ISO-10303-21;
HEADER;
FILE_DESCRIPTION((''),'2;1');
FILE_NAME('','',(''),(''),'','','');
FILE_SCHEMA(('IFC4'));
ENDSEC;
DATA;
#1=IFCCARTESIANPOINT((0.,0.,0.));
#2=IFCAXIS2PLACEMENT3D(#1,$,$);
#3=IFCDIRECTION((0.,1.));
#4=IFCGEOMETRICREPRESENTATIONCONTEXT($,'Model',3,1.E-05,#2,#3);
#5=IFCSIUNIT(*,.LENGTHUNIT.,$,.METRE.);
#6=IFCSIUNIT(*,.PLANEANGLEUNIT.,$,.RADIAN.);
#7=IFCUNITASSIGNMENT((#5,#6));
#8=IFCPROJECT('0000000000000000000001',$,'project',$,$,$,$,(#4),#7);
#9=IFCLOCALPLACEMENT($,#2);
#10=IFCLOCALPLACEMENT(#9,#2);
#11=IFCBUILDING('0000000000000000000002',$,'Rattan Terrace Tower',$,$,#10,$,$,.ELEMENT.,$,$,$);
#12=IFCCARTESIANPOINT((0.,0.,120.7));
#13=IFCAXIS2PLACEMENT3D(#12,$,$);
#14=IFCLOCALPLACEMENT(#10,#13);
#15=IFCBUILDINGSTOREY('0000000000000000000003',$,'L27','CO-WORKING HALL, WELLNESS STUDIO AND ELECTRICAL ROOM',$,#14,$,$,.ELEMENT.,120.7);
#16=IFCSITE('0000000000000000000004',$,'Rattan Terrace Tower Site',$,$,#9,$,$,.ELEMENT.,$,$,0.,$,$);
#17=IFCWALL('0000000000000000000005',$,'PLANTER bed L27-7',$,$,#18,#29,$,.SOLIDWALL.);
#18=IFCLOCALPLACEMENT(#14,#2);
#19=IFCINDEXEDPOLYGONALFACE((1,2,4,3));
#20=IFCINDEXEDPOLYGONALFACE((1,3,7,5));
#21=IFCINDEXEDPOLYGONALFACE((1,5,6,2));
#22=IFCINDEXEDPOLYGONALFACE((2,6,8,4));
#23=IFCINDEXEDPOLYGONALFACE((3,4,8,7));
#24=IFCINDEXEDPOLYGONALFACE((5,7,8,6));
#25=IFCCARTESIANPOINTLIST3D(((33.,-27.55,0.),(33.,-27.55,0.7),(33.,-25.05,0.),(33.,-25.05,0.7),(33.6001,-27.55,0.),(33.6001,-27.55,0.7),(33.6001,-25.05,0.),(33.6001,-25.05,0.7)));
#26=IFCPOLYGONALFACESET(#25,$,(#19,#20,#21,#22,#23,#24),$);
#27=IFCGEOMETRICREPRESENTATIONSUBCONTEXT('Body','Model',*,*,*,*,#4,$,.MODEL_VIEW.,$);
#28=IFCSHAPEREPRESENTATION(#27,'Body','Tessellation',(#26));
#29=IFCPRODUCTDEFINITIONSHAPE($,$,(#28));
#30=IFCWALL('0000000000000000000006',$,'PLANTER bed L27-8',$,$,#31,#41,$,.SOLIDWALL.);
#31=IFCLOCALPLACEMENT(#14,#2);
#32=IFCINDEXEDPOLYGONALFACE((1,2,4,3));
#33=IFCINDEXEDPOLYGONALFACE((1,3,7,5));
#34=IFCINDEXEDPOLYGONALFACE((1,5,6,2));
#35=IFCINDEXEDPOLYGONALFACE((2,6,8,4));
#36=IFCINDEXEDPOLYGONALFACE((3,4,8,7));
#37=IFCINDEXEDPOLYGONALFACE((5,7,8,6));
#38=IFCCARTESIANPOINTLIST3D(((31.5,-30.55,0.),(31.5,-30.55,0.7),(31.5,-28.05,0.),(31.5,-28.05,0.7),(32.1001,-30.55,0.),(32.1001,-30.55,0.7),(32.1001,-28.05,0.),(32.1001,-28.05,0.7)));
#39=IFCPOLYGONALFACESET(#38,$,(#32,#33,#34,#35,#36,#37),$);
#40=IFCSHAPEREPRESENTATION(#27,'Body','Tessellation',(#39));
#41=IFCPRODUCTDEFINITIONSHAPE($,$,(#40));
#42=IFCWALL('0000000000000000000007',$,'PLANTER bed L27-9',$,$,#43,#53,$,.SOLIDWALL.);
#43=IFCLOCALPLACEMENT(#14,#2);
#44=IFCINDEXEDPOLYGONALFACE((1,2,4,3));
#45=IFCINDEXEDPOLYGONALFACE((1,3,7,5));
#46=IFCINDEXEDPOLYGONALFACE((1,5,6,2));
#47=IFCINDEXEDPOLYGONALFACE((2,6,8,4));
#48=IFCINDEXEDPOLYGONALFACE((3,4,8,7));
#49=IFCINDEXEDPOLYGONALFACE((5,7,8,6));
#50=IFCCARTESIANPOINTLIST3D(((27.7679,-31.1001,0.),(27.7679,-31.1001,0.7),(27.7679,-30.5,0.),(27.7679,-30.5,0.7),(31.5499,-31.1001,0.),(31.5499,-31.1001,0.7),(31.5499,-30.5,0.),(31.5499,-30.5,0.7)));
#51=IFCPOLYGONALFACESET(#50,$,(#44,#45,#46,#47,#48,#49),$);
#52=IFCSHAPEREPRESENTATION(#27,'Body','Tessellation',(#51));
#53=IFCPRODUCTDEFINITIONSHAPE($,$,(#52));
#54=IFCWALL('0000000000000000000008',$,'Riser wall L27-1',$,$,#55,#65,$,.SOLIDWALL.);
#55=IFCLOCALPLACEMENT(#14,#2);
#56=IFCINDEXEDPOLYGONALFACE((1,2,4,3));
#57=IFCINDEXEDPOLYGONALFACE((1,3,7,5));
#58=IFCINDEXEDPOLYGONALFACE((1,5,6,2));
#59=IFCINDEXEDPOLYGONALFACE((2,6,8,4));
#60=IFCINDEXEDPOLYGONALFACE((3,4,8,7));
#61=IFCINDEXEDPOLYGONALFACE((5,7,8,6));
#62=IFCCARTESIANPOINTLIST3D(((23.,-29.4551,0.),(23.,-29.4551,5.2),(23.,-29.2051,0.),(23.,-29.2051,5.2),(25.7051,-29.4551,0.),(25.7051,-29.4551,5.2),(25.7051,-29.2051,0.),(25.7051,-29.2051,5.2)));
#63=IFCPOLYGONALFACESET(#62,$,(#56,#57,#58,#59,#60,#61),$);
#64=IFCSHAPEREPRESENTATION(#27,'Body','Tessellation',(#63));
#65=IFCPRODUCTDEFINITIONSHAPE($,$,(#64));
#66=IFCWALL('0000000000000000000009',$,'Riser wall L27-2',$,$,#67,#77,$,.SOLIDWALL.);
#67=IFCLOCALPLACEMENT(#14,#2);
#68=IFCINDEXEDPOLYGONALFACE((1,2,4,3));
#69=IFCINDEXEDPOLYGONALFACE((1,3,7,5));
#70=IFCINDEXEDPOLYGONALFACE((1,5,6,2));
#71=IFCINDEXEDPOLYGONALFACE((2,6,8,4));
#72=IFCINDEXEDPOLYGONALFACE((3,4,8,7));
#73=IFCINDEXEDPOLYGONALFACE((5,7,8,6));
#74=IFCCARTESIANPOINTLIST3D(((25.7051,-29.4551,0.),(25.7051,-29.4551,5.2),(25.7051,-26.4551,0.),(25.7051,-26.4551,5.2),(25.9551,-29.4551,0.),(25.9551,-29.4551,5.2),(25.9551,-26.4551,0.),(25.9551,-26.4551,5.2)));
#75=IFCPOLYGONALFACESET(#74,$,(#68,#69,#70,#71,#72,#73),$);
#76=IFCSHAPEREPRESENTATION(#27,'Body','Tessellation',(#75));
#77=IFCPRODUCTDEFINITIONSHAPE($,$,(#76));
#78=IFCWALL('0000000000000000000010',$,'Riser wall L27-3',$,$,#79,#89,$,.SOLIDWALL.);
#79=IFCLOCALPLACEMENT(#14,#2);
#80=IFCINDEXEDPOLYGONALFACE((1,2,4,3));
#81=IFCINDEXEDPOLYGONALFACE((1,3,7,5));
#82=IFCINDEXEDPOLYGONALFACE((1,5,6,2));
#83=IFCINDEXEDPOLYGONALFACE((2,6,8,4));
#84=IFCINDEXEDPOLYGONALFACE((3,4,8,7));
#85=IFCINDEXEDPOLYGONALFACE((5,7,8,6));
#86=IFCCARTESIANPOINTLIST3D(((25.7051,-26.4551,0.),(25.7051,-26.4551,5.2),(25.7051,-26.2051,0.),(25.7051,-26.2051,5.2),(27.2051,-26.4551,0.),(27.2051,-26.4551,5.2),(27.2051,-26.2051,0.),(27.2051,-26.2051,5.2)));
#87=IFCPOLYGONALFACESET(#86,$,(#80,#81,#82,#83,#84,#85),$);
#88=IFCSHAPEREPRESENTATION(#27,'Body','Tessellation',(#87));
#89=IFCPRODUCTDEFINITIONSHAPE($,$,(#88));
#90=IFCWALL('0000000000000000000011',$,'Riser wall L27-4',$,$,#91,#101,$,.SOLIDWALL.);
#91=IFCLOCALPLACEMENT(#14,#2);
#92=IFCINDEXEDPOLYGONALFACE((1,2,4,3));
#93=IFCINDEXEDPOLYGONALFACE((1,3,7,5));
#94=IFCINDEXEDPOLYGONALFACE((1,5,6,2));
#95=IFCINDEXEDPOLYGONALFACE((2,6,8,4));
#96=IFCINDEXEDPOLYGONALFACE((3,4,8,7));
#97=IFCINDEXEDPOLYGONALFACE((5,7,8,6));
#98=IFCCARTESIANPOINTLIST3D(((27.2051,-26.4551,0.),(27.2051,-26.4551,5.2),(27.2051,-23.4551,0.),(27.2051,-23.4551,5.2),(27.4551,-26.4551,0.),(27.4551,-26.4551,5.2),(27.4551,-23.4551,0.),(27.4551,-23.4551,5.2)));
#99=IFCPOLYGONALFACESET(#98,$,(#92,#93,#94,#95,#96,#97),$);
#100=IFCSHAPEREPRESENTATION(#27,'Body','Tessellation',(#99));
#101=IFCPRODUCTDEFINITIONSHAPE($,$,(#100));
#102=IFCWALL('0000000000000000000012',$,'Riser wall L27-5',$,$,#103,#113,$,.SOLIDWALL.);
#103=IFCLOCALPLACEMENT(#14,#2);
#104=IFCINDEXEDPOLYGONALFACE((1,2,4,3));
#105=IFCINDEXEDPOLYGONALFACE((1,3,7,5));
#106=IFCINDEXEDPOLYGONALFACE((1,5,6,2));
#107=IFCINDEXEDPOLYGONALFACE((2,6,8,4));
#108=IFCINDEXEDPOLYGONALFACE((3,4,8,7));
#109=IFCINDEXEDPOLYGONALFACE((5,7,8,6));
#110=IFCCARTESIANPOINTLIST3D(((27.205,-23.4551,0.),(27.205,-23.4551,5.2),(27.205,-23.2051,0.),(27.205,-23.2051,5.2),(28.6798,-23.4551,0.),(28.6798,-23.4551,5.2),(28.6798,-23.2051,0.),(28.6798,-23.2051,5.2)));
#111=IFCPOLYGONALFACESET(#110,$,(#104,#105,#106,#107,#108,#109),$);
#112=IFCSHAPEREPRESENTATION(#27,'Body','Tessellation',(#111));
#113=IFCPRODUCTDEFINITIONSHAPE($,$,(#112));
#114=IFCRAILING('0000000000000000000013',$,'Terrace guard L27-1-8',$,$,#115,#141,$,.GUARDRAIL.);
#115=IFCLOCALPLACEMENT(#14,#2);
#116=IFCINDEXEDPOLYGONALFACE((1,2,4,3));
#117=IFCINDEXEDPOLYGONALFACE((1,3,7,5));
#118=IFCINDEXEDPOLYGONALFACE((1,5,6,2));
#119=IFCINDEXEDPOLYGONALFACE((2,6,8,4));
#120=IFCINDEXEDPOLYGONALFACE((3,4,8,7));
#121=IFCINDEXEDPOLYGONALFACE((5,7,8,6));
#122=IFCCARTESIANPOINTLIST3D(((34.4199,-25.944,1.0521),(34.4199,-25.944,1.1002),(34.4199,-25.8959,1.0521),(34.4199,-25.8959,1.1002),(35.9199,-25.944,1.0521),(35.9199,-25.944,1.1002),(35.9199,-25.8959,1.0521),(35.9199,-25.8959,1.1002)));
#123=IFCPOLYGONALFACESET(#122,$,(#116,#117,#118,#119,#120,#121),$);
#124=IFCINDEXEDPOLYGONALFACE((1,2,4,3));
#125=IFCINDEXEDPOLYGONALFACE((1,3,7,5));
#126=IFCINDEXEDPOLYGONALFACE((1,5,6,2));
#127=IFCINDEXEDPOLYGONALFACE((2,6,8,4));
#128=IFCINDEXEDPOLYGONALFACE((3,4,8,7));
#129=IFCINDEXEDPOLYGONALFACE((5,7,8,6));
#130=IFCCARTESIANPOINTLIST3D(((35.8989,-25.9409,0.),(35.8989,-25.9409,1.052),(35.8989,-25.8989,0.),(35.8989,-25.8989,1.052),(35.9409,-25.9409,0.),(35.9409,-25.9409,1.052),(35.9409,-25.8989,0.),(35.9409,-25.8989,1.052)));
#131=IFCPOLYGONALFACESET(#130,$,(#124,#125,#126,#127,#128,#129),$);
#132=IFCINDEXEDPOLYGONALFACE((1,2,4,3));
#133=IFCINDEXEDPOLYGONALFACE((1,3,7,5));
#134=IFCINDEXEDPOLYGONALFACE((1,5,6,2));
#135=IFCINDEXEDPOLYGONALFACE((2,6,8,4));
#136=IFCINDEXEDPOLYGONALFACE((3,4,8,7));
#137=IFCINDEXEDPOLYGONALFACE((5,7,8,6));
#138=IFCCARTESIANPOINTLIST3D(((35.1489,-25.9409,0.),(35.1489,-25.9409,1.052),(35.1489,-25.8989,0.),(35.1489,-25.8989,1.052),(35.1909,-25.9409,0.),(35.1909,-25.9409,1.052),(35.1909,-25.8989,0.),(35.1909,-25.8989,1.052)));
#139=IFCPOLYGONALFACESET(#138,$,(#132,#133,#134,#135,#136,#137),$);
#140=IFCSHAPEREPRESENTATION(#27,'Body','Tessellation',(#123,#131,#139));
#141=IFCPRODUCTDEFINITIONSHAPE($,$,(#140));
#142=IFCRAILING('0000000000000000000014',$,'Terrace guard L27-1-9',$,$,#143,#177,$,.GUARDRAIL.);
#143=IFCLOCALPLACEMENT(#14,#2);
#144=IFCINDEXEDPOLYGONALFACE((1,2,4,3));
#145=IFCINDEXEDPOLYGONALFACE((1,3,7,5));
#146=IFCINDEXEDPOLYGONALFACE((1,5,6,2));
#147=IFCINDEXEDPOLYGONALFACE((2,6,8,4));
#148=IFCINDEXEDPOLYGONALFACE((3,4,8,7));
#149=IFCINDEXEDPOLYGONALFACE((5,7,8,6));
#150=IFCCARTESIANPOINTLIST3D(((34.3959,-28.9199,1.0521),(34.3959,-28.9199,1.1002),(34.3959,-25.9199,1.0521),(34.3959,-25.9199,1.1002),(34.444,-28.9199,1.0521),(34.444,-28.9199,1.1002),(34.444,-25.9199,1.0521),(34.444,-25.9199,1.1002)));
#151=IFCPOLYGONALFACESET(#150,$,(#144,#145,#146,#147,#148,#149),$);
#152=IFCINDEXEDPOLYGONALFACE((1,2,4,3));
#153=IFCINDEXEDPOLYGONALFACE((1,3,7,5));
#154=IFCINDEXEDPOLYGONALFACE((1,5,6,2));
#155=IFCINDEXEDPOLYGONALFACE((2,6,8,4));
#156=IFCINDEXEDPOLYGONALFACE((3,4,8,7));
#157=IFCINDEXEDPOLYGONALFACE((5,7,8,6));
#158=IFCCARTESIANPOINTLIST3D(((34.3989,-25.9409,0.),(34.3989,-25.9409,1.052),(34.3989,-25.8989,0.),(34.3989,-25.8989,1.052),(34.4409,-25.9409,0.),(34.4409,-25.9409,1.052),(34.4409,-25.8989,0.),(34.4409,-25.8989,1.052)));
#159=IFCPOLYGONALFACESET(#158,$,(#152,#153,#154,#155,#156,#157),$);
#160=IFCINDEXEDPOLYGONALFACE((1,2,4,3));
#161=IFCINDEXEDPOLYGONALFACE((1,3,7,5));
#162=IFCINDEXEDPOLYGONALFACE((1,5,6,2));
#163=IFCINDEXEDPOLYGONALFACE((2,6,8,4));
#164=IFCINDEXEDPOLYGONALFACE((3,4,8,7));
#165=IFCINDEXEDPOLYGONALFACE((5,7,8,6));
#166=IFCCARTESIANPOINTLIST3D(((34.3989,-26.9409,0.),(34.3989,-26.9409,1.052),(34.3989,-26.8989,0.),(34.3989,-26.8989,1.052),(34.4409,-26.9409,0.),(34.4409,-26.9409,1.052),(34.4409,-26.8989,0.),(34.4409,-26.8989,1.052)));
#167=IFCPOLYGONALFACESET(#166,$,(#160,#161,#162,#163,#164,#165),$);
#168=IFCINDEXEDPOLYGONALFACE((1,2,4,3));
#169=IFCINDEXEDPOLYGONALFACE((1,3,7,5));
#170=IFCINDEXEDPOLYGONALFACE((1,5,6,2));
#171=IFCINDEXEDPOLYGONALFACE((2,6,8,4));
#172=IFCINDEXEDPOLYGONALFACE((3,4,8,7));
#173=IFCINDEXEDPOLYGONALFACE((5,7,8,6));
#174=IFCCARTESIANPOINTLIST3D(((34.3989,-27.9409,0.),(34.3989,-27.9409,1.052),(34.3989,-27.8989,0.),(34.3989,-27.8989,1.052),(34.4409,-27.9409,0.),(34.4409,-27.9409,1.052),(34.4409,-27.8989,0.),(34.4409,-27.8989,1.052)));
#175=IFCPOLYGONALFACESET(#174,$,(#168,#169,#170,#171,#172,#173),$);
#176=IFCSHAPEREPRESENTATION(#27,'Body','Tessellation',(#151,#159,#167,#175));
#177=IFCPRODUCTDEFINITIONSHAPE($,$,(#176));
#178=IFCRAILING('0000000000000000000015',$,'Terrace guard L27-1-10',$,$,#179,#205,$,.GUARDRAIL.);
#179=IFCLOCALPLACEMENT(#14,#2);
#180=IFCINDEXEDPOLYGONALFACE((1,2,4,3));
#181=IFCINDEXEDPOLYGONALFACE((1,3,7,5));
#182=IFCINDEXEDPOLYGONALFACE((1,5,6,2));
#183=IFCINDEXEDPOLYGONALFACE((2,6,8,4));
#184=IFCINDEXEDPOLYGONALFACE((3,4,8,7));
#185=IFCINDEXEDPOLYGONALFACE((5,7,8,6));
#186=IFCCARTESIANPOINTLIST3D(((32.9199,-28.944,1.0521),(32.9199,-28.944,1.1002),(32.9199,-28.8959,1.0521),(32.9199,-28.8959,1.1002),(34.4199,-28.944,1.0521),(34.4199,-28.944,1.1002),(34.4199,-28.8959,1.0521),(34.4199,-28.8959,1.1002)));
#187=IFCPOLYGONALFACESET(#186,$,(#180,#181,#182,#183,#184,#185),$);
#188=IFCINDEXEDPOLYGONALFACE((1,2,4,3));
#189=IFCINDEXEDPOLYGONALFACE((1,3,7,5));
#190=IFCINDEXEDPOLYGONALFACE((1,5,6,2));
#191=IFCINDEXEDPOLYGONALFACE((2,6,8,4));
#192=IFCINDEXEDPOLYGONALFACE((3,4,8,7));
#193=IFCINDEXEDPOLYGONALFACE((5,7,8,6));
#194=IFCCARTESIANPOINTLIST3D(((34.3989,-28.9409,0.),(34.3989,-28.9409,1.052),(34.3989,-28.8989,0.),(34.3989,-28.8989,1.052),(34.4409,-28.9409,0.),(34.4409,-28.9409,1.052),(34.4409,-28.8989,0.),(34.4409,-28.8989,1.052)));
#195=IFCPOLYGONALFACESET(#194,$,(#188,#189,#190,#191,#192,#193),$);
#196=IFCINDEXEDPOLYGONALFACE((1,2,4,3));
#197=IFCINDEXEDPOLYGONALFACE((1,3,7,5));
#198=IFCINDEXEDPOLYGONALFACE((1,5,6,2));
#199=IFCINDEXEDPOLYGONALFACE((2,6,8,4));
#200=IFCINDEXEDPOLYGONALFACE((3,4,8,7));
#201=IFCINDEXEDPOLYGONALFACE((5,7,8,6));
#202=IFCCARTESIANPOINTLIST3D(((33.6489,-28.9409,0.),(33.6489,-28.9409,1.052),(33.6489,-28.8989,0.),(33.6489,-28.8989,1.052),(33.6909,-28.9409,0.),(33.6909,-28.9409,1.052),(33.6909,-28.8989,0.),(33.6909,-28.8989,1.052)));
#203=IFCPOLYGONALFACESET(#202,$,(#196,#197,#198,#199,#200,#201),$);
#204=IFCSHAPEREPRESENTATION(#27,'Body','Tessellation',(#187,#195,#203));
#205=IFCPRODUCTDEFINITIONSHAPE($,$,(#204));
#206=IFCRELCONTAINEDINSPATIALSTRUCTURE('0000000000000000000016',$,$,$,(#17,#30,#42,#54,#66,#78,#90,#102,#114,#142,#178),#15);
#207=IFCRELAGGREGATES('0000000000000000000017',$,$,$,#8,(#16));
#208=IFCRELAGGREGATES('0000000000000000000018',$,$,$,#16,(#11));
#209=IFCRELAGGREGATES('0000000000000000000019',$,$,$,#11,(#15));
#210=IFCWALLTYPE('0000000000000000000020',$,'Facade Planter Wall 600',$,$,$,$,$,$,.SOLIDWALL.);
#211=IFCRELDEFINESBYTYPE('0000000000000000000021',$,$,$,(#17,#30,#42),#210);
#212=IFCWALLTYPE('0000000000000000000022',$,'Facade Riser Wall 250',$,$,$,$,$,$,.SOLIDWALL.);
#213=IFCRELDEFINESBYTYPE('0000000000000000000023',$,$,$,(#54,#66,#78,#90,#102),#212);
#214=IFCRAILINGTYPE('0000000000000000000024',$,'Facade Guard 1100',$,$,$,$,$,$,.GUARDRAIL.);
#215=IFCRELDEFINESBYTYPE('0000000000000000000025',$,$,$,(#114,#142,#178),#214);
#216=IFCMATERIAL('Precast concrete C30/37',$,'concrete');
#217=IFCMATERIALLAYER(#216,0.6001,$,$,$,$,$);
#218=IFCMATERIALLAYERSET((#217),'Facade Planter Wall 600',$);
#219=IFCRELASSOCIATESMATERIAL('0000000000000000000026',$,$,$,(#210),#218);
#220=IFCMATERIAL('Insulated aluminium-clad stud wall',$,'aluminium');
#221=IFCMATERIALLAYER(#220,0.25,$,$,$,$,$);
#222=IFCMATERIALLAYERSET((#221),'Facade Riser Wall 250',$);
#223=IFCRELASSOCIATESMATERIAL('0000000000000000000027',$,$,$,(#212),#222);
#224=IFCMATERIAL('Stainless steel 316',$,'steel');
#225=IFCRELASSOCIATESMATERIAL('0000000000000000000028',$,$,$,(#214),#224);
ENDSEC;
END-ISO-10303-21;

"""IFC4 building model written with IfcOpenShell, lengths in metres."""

from ifc_helpers import new_model, si_unit, direction, frame, frame_2d, origin, origin_2d, place, context, subcontext, project, spatial, rectangle, extrude, material, layer, layer_set, type_object, element, save


model = new_model("IFC4")

# Units and contexts
model_context = context("Model", 3, precision=1e-05, world=origin(), true_north=direction((0.0, 1.0)))
body_context = subcontext(model_context, "Body", "Model", "MODEL_VIEW")
ifc_project = project(units=[si_unit("LENGTHUNIT", "METRE"), si_unit("PLANEANGLEUNIT", "RADIAN")], contexts=[model_context])

# Site, building, storey
site_placement = place(None, origin())
site = spatial("IfcSite", under=ifc_project, at=site_placement, Name="Rattan Terrace Tower Site", CompositionType="ELEMENT", RefElevation=0.0)
building_placement = place(site_placement, origin())
building = spatial("IfcBuilding", under=site, at=building_placement, Name="Rattan Terrace Tower", CompositionType="ELEMENT")
storey_placement = place(building_placement, frame((0.0, 0.0, 120.7)))
storey = spatial("IfcBuildingStorey", under=building, at=storey_placement, Name="L27", Description="CO-WORKING HALL, WELLNESS STUDIO AND ELECTRICAL ROOM", CompositionType="ELEMENT", Elevation=120.7)

# Walls
ifc_material_1 = material(Name="Precast concrete C30/37", Category="concrete")
ifc_layer_1 = layer(ifc_material_1, 0.6001)
ifc_layer_set_1 = layer_set([ifc_layer_1], Name="Facade Planter Wall 600")
wall_type_1 = type_object("IfcWallType", Name="Facade Planter Wall 600", PredefinedType="SOLIDWALL", material=ifc_layer_set_1)
for number, where, z_axis, x_axis, name in (
    (1, (33.3, -25.05, 0.0), (0.0, 0.0, 1.0), (0.0, -1.0, 0.0), "PLANTER bed L27-7"),
    (2, (31.8, -28.05, 0.0), (0.0, 0.0, 1.0), (0.0, -1.0, 0.0), "PLANTER bed L27-8"),
):
    element("IfcWall", number, at=place(storey_placement, frame(where, z_axis=z_axis, x_axis=x_axis)), inside=storey, type_object=wall_type_1, Name=name, PredefinedType="SOLIDWALL", context=body_context, shape_type="SweptSolid", body=[
        extrude(rectangle(XDim=2.5, YDim=0.6001, at=frame_2d((1.25, 0.0))), origin(), (0.0, 0.0, 1.0), 0.7),
    ])
wall_1_placement = place(storey_placement, frame((31.55, -30.8, 0.0), z_axis=(0.0, 0.0, 1.0), x_axis=(-1.0, 0.0, 0.0)))
element("IfcWall", 3, at=wall_1_placement, inside=storey, type_object=wall_type_1, Name="PLANTER bed L27-9", PredefinedType="SOLIDWALL", context=body_context, shape_type="SweptSolid", body=[
    extrude(rectangle(XDim=3.782, YDim=0.6001, at=frame_2d((1.8911, 0.0))), origin(), (0.0, 0.0, 1.0), 0.7),
])
ifc_material_2 = material(Name="Insulated aluminium-clad stud wall", Category="aluminium")
ifc_layer_2 = layer(ifc_material_2, 0.25)
ifc_layer_set_2 = layer_set([ifc_layer_2], Name="Facade Riser Wall 250")
wall_type_2 = type_object("IfcWallType", Name="Facade Riser Wall 250", PredefinedType="SOLIDWALL", material=ifc_layer_set_2)
wall_2_placement = place(storey_placement, frame((23.0, -29.3301, 0.0), z_axis=(0.0, 0.0, 1.0), x_axis=(1.0, 0.0, 0.0)))
element("IfcWall", 4, at=wall_2_placement, inside=storey, type_object=wall_type_2, Name="Riser wall L27-1", PredefinedType="SOLIDWALL", context=body_context, shape_type="SweptSolid", body=[
    extrude(rectangle(XDim=2.7051, YDim=0.25, at=frame_2d((1.3525, 0.0))), origin(), (0.0, 0.0, 1.0), 5.2),
])
wall_3_placement = place(storey_placement, frame((25.8301, -29.4551, 0.0), z_axis=(0.0, 0.0, 1.0), x_axis=(0.0, 1.0, 0.0)))
element("IfcWall", 5, at=wall_3_placement, inside=storey, type_object=wall_type_2, Name="Riser wall L27-2", PredefinedType="SOLIDWALL", context=body_context, shape_type="SweptSolid", body=[
    extrude(rectangle(XDim=3.0, YDim=0.25, at=frame_2d((1.5, 0.0))), origin(), (0.0, 0.0, 1.0), 5.2),
])
wall_4_placement = place(storey_placement, frame((25.7051, -26.3301, 0.0), z_axis=(0.0, 0.0, 1.0), x_axis=(1.0, 0.0, 0.0)))
element("IfcWall", 6, at=wall_4_placement, inside=storey, type_object=wall_type_2, Name="Riser wall L27-3", PredefinedType="SOLIDWALL", context=body_context, shape_type="SweptSolid", body=[
    extrude(rectangle(XDim=1.5, YDim=0.25, at=frame_2d((0.75, 0.0))), origin(), (0.0, 0.0, 1.0), 5.2),
])
wall_5_placement = place(storey_placement, frame((27.3301, -26.4551, 0.0), z_axis=(0.0, 0.0, 1.0), x_axis=(0.0, 1.0, 0.0)))
element("IfcWall", 7, at=wall_5_placement, inside=storey, type_object=wall_type_2, Name="Riser wall L27-4", PredefinedType="SOLIDWALL", context=body_context, shape_type="SweptSolid", body=[
    extrude(rectangle(XDim=3.0, YDim=0.25, at=frame_2d((1.5, 0.0))), origin(), (0.0, 0.0, 1.0), 5.2),
])
wall_6_placement = place(storey_placement, frame((27.2051, -23.3301, 0.0), z_axis=(0.0, 0.0, 1.0), x_axis=(1.0, 0.0, 0.0)))
element("IfcWall", 8, at=wall_6_placement, inside=storey, type_object=wall_type_2, Name="Riser wall L27-5", PredefinedType="SOLIDWALL", context=body_context, shape_type="SweptSolid", body=[
    extrude(rectangle(XDim=1.4749, YDim=0.25, at=frame_2d((0.7373, 0.0))), origin(), (0.0, 0.0, 1.0), 5.2),
])

# Railings
ifc_material_3 = material(Name="Stainless steel 316", Category="steel")
railing_type = type_object("IfcRailingType", Name="Facade Guard 1100", PredefinedType="GUARDRAIL", material=ifc_material_3)
railing_1_placement = place(storey_placement, frame((35.9199, -25.9199, 0.0)))
element("IfcRailing", 9, at=railing_1_placement, inside=storey, type_object=railing_type, Name="Terrace guard L27-1-8", PredefinedType="GUARDRAIL", context=body_context, shape_type="SweptSolid", body=[
    extrude(rectangle(XDim=0.0481, YDim=0.0481, at=origin_2d()), frame((0.0, 0.0, 1.0762), z_axis=(-1.0, 0.0, 0.0), x_axis=(0.0, -1.0, 0.0)), (0.0, 0.0, 1.0), 1.5),
    extrude(rectangle(XDim=0.042, YDim=0.042, at=origin_2d()), origin(), (0.0, 0.0, 1.0), 1.052),
    extrude(rectangle(XDim=0.042, YDim=0.042, at=origin_2d()), frame((-0.75, 0.0, 0.0)), (0.0, 0.0, 1.0), 1.052),
])
railing_2_placement = place(storey_placement, frame((34.4199, -25.9199, 0.0)))
element("IfcRailing", 10, at=railing_2_placement, inside=storey, type_object=railing_type, Name="Terrace guard L27-1-9", PredefinedType="GUARDRAIL", context=body_context, shape_type="SweptSolid", body=[
    extrude(rectangle(XDim=0.0481, YDim=0.0481, at=origin_2d()), frame((0.0, 0.0, 1.0762), z_axis=(0.0, -1.0, 0.0), x_axis=(1.0, 0.0, 0.0)), (0.0, 0.0, 1.0), 3.0),
    extrude(rectangle(XDim=0.042, YDim=0.042, at=origin_2d()), origin(), (0.0, 0.0, 1.0), 1.052),
    extrude(rectangle(XDim=0.042, YDim=0.042, at=origin_2d()), frame((0.0, -1.0, 0.0)), (0.0, 0.0, 1.0), 1.052),
    extrude(rectangle(XDim=0.042, YDim=0.042, at=origin_2d()), frame((0.0, -2.0, 0.0)), (0.0, 0.0, 1.0), 1.052),
])
railing_3_placement = place(storey_placement, frame((34.4199, -28.9199, 0.0)))
element("IfcRailing", 11, at=railing_3_placement, inside=storey, type_object=railing_type, Name="Terrace guard L27-1-10", PredefinedType="GUARDRAIL", context=body_context, shape_type="SweptSolid", body=[
    extrude(rectangle(XDim=0.0481, YDim=0.0481, at=origin_2d()), frame((0.0, 0.0, 1.0762), z_axis=(-1.0, 0.0, 0.0), x_axis=(0.0, -1.0, 0.0)), (0.0, 0.0, 1.0), 1.5),
    extrude(rectangle(XDim=0.042, YDim=0.042, at=origin_2d()), origin(), (0.0, 0.0, 1.0), 1.052),
    extrude(rectangle(XDim=0.042, YDim=0.042, at=origin_2d()), frame((-0.75, 0.0, 0.0)), (0.0, 0.0, 1.0), 1.052),
])

save(model, "model.ifc")
